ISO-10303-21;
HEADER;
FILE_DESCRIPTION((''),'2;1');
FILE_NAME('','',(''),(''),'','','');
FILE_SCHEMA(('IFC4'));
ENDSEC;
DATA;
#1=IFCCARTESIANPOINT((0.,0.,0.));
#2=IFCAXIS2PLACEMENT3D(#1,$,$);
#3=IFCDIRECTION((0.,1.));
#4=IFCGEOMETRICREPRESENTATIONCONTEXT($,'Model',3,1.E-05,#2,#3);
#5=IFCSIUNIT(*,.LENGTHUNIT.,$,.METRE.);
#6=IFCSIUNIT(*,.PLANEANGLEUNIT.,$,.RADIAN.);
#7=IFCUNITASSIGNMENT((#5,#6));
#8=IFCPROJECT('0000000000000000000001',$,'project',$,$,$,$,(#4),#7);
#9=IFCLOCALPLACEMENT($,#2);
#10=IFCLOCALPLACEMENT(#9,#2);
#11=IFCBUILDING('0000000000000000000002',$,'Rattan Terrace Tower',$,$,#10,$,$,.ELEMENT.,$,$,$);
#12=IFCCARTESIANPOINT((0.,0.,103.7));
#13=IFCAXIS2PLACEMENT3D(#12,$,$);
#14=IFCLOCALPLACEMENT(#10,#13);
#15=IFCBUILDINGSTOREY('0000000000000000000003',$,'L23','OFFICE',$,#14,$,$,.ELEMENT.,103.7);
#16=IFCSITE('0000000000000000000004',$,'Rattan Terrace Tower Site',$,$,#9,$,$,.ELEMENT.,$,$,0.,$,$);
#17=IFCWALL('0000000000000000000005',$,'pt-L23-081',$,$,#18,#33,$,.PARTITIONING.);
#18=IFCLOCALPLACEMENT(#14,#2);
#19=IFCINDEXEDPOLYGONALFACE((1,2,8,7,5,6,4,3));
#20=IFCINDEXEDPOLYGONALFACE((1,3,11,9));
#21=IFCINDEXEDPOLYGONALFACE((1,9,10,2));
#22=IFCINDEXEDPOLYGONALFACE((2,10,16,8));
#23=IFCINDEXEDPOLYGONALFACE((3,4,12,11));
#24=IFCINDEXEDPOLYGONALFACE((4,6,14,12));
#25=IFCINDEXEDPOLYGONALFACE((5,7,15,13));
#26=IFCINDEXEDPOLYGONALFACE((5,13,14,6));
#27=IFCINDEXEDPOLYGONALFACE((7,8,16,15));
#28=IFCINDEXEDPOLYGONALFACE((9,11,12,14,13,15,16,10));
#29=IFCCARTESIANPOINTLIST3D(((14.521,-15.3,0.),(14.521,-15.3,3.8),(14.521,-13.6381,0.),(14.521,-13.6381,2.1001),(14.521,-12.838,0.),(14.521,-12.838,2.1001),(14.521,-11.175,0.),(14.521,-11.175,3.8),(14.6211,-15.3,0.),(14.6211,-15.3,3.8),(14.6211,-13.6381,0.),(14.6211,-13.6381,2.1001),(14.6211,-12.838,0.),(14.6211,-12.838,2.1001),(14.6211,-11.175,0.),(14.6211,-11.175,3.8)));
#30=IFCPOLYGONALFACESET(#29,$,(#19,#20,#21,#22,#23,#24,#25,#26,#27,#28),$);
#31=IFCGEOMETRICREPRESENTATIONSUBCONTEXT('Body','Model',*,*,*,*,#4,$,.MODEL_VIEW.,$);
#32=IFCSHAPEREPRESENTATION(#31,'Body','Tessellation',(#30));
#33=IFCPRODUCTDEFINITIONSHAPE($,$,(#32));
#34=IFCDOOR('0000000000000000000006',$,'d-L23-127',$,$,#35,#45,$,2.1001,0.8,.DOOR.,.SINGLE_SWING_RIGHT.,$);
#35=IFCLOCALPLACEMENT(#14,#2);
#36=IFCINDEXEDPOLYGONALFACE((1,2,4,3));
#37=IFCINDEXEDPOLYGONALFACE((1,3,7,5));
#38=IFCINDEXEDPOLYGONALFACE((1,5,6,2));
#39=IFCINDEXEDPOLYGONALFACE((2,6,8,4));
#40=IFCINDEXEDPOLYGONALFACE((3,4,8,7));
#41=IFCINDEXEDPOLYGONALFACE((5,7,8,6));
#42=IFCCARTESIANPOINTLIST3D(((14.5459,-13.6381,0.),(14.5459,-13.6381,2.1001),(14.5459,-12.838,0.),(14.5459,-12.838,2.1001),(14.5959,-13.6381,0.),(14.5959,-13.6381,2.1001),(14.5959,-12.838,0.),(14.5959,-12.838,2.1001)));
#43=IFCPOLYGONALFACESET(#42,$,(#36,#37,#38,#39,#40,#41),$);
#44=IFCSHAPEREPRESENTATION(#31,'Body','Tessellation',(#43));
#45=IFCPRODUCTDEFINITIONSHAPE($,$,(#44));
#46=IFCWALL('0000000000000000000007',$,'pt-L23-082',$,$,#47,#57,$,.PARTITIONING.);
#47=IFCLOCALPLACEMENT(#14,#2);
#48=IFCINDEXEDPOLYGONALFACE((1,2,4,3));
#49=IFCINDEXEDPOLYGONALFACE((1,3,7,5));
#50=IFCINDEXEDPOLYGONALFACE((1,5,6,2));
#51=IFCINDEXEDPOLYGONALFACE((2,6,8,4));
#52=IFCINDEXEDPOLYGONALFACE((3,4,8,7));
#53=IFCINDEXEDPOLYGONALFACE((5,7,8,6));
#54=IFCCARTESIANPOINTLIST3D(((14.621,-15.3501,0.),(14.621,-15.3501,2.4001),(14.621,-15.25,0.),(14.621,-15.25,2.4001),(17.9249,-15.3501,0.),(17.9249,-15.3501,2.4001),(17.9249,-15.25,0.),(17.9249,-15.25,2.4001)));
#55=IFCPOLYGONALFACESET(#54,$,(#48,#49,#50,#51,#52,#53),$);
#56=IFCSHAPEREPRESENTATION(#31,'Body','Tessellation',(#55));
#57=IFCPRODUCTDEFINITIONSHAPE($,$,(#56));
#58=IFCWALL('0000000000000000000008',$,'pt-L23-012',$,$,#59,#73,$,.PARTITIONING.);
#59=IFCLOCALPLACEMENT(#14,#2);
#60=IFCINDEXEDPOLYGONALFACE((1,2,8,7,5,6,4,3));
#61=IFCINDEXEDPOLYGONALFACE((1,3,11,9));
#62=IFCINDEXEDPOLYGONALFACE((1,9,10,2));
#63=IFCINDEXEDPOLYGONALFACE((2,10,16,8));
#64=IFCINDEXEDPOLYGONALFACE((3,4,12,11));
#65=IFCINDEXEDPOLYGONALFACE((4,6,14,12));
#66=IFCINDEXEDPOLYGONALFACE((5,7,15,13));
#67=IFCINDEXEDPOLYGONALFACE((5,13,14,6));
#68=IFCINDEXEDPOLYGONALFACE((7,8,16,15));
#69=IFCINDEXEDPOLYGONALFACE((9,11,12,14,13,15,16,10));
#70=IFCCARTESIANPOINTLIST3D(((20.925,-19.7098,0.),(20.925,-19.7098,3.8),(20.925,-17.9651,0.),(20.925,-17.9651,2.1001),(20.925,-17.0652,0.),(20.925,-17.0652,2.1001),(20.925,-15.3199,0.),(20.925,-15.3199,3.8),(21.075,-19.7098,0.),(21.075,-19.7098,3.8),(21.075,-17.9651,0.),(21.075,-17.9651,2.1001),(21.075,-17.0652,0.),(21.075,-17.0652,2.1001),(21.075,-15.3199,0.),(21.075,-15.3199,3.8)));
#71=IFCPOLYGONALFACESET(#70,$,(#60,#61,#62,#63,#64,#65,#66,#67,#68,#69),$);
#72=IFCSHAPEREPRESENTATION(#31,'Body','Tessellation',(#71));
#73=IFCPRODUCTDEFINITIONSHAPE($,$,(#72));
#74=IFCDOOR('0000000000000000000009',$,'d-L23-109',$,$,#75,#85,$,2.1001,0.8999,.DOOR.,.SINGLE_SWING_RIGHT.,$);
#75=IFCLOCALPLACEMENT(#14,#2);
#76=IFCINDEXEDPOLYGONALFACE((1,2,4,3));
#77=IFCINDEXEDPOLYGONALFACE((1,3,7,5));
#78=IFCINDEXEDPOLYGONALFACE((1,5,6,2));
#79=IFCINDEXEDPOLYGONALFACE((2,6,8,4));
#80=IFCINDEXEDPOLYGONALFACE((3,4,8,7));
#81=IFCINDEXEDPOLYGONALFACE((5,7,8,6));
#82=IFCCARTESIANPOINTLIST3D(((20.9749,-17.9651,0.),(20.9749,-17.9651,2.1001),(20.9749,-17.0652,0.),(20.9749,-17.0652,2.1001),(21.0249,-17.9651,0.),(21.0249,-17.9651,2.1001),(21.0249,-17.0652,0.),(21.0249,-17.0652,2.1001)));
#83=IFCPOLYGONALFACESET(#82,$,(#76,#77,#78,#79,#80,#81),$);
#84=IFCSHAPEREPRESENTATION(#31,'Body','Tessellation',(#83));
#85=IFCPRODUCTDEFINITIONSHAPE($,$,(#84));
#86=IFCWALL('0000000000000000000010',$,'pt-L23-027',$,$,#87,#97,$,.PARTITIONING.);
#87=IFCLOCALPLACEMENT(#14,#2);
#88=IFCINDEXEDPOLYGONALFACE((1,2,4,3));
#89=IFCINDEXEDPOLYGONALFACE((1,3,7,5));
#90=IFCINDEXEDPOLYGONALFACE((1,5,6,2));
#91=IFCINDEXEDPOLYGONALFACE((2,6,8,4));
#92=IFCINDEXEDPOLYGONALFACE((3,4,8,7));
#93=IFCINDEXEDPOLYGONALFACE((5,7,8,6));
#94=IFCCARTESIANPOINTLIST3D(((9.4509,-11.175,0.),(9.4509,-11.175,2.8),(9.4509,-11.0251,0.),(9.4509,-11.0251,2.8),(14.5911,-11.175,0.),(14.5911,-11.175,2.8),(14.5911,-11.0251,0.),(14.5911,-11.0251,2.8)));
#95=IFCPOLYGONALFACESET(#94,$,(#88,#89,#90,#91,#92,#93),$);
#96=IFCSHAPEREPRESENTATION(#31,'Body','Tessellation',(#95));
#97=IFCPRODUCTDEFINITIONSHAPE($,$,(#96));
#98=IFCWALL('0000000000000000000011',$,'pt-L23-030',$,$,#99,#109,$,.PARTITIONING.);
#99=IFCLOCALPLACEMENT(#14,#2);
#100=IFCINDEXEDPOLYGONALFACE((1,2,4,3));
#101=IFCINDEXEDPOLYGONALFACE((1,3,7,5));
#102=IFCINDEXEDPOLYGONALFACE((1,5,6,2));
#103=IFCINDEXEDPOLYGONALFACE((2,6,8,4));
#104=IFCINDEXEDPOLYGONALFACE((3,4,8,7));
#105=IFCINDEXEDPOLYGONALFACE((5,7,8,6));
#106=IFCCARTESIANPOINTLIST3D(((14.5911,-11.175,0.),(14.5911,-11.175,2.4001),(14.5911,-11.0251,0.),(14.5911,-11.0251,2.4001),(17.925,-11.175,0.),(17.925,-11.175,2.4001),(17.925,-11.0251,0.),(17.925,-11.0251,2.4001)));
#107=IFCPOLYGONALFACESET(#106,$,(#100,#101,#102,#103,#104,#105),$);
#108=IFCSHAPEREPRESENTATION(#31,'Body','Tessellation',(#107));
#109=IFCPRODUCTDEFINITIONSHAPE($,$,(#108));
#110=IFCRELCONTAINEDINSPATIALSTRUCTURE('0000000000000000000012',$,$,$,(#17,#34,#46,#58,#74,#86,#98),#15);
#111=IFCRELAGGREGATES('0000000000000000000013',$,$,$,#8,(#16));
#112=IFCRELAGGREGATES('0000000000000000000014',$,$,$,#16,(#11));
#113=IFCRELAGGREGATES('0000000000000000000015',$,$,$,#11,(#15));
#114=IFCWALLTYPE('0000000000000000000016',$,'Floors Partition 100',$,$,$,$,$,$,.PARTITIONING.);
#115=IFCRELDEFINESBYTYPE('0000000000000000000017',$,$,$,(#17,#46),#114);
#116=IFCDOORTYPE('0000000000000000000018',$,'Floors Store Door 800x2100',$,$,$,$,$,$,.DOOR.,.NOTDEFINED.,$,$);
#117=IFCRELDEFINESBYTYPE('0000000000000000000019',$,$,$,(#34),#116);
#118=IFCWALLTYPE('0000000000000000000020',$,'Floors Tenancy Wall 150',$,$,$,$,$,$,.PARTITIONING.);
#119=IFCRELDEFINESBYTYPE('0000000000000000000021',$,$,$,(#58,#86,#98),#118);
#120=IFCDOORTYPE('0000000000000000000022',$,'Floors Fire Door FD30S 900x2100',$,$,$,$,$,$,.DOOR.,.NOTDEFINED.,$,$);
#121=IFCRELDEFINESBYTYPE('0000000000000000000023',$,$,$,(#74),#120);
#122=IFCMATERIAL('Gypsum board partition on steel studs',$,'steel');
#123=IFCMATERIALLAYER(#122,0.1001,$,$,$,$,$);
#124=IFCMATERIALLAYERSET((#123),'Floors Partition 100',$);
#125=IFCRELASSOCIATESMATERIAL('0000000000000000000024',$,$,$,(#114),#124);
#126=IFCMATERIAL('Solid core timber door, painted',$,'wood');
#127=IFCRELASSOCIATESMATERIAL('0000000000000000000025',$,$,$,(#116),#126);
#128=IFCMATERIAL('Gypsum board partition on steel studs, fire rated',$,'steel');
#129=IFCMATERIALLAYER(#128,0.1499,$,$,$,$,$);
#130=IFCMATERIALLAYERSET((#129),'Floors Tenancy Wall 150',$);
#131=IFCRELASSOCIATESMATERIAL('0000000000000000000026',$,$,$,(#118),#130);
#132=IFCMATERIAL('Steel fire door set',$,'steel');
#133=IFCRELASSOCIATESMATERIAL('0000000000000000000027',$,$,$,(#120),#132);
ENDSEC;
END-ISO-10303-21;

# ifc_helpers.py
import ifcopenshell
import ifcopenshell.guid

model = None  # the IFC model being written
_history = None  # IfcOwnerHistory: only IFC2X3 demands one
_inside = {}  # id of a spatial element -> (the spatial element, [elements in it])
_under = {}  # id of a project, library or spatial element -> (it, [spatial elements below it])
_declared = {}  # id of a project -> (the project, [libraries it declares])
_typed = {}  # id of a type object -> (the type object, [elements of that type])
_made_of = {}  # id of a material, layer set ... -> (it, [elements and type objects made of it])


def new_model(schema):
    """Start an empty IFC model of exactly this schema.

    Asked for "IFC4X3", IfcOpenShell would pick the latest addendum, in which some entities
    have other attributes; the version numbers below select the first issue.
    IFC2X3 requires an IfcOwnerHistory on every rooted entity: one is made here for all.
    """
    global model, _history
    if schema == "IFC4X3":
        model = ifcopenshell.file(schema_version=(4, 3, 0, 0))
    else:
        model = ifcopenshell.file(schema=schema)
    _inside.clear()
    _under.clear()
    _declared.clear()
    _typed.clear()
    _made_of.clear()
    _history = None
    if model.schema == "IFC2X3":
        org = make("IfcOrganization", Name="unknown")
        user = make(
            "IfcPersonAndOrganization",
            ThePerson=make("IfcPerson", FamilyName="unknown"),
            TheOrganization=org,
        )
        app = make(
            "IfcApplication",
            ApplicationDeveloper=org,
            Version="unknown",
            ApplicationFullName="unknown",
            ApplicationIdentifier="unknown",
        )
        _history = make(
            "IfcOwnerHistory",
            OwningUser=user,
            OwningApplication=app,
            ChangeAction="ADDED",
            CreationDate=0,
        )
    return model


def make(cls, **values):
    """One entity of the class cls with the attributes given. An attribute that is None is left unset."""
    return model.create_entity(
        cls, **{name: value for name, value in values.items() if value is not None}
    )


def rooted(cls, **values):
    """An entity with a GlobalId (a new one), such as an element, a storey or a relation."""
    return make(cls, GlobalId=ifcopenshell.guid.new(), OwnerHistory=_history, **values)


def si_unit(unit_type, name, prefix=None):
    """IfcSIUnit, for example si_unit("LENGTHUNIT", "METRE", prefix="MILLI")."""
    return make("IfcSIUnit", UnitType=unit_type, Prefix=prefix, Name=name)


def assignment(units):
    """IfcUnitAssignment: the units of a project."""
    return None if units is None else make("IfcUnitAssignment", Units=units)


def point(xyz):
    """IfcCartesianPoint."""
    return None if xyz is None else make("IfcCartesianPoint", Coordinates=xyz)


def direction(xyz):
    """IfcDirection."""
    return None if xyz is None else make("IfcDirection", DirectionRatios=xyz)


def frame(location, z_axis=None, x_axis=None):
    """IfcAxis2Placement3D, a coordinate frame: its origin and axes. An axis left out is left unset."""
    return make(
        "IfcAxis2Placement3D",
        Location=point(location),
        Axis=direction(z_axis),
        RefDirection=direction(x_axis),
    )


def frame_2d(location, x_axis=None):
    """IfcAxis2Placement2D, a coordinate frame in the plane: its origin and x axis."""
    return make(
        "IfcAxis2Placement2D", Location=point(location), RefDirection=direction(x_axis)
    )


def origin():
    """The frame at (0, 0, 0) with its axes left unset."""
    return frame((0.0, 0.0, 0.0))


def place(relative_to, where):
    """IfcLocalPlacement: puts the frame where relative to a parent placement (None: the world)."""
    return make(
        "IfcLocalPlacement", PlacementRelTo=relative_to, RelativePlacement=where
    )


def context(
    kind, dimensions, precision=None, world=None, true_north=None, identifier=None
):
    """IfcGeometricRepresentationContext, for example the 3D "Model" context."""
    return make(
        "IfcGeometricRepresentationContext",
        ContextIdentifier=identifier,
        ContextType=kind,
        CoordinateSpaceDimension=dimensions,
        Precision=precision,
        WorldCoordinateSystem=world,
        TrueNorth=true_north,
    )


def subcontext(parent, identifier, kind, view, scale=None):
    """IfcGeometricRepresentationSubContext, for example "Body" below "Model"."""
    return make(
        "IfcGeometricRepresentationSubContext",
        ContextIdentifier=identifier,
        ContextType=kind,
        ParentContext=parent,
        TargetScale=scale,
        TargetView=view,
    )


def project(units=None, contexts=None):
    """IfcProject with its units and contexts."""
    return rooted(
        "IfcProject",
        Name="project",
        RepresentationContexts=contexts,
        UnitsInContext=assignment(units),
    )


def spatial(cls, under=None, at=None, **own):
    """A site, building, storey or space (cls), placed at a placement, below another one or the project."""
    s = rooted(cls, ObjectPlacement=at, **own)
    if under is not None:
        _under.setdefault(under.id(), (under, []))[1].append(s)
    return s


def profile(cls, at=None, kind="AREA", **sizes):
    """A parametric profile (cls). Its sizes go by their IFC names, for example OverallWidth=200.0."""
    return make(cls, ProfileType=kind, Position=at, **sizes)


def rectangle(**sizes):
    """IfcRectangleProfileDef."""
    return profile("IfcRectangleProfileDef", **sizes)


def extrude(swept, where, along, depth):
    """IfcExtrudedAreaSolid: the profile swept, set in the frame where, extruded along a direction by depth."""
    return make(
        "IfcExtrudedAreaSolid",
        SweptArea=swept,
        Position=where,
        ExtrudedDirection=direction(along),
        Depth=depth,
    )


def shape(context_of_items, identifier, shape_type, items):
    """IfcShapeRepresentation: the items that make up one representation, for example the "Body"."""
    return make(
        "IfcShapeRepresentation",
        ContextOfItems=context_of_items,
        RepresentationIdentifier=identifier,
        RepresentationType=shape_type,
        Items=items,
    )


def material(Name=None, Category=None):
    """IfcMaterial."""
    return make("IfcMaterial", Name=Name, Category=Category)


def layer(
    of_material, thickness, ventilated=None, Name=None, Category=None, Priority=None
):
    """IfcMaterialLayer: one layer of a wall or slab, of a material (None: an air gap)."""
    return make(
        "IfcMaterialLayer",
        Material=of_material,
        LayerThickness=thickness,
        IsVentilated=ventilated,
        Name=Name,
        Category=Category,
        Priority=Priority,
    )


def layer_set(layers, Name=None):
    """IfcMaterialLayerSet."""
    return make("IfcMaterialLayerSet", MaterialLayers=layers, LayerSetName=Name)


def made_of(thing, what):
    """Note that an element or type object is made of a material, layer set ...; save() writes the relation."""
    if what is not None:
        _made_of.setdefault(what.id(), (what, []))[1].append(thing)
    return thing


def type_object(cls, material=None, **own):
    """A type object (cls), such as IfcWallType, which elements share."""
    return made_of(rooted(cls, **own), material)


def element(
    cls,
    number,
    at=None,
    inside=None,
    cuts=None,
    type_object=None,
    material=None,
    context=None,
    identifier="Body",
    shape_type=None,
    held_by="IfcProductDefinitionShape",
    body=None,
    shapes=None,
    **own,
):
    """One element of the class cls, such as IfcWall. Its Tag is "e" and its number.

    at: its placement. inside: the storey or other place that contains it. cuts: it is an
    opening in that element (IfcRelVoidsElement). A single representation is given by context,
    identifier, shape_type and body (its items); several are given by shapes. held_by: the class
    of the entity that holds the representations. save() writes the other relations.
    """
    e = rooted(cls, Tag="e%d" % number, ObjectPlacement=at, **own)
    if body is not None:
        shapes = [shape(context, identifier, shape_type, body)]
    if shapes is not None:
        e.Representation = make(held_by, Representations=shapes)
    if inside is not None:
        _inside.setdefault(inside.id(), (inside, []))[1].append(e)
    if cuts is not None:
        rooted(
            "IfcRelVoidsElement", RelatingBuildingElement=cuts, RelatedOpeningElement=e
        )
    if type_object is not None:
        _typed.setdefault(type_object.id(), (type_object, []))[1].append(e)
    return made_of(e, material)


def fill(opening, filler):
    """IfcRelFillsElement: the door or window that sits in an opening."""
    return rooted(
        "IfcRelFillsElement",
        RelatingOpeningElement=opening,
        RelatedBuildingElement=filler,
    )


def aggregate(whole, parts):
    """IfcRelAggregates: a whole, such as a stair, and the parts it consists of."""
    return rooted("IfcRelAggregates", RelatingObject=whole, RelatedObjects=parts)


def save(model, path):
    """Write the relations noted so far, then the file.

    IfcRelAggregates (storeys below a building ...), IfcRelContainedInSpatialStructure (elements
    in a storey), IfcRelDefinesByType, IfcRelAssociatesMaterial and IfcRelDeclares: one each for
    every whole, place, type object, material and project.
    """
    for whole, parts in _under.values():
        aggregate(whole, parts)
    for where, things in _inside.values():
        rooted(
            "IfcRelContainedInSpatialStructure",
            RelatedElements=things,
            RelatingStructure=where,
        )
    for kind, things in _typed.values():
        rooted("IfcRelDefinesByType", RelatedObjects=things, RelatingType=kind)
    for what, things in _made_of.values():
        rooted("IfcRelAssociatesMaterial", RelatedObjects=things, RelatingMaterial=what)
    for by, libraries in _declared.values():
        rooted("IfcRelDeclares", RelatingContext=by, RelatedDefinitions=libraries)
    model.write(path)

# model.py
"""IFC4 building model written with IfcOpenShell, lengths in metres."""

from ifc_helpers import new_model, si_unit, direction, frame, frame_2d, origin, place, context, subcontext, project, spatial, rectangle, extrude, material, layer, layer_set, type_object, element, fill, save


model = new_model("IFC4")

# Units and contexts
model_context = context("Model", 3, precision=1e-05, world=origin(), true_north=direction((0.0, 1.0)))
body_context = subcontext(model_context, "Body", "Model", "MODEL_VIEW")
ifc_project = project(units=[si_unit("LENGTHUNIT", "METRE"), si_unit("PLANEANGLEUNIT", "RADIAN")], contexts=[model_context])

# Site, building, storey
site_placement = place(None, origin())
site = spatial("IfcSite", under=ifc_project, at=site_placement, Name="Rattan Terrace Tower Site", CompositionType="ELEMENT", RefElevation=0.0)
building_placement = place(site_placement, origin())
building = spatial("IfcBuilding", under=site, at=building_placement, Name="Rattan Terrace Tower", CompositionType="ELEMENT")
storey_placement = place(building_placement, frame((0.0, 0.0, 103.7)))
storey = spatial("IfcBuildingStorey", under=building, at=storey_placement, Name="L23", Description="OFFICE", CompositionType="ELEMENT", Elevation=103.7)

# Wall, opening, door
ifc_material_1 = material(Name="Gypsum board partition on steel studs", Category="steel")
ifc_layer_1 = layer(ifc_material_1, 0.1001)
ifc_layer_set_1 = layer_set([ifc_layer_1], Name="Floors Partition 100")
wall_type_1 = type_object("IfcWallType", Name="Floors Partition 100", PredefinedType="PARTITIONING", material=ifc_layer_set_1)
wall_1_placement = place(storey_placement, frame((14.571, -11.175, 0.0), z_axis=(0.0, 0.0, 1.0), x_axis=(0.0, -1.0, 0.0)))
wall_1 = element("IfcWall", 1, at=wall_1_placement, inside=storey, type_object=wall_type_1, Name="pt-L23-081", PredefinedType="PARTITIONING", context=body_context, shape_type="SweptSolid", body=[
    extrude(rectangle(XDim=4.125, YDim=0.1001, at=frame_2d((2.0625, 0.0))), origin(), (0.0, 0.0, 1.0), 3.8),
])
opening_1_placement = place(wall_1_placement, frame((1.6631, 0.0, 0.0)))
opening_1 = element("IfcOpeningElement", 2, at=opening_1_placement, cuts=wall_1, PredefinedType="OPENING", context=body_context, shape_type="SweptSolid", body=[
    extrude(rectangle(XDim=0.8, YDim=2.1001, at=frame_2d((0.3999, 1.05))), frame((0.0, 0.0605, 0.0), z_axis=(0.0, -1.0, 0.0), x_axis=(1.0, 0.0, 0.0)), (0.0, 0.0, 1.0), 0.1211),
])
ifc_material_2 = material(Name="Solid core timber door, painted", Category="wood")
door_type_1 = type_object("IfcDoorType", Name="Floors Store Door 800x2100", OperationType="NOTDEFINED", PredefinedType="DOOR", material=ifc_material_2)
door_1_placement = place(opening_1_placement, origin())
door_1 = element("IfcDoor", 3, at=door_1_placement, inside=storey, type_object=door_type_1, Name="d-L23-127", OperationType="SINGLE_SWING_RIGHT", OverallHeight=2.1001, OverallWidth=0.8, PredefinedType="DOOR", context=body_context, shape_type="SweptSolid", body=[
    extrude(rectangle(XDim=0.8, YDim=2.1001, at=frame_2d((0.3999, 1.05))), frame((0.0, 0.0249, 0.0), z_axis=(0.0, -1.0, 0.0), x_axis=(1.0, 0.0, 0.0)), (0.0, 0.0, 1.0), 0.05),
])
fill(opening_1, door_1)

# Wall
wall_2_placement = place(storey_placement, frame((14.6211, -15.3, 0.0), z_axis=(0.0, 0.0, 1.0), x_axis=(1.0, 0.0, 0.0)))
element("IfcWall", 4, at=wall_2_placement, inside=storey, type_object=wall_type_1, Name="pt-L23-082", PredefinedType="PARTITIONING", context=body_context, shape_type="SweptSolid", body=[
    extrude(rectangle(XDim=3.304, YDim=0.1001, at=frame_2d((1.6519, 0.0))), origin(), (0.0, 0.0, 1.0), 2.4001),
])

# Wall, opening, door
ifc_material_3 = material(Name="Gypsum board partition on steel studs, fire rated", Category="steel")
ifc_layer_2 = layer(ifc_material_3, 0.1499)
ifc_layer_set_2 = layer_set([ifc_layer_2], Name="Floors Tenancy Wall 150")
wall_type_2 = type_object("IfcWallType", Name="Floors Tenancy Wall 150", PredefinedType="PARTITIONING", material=ifc_layer_set_2)
wall_3_placement = place(storey_placement, frame((21.0, -15.3201, 0.0), z_axis=(0.0, 0.0, 1.0), x_axis=(0.0, -1.0, 0.0)))
wall_3 = element("IfcWall", 5, at=wall_3_placement, inside=storey, type_object=wall_type_2, Name="pt-L23-012", PredefinedType="PARTITIONING", context=body_context, shape_type="SweptSolid", body=[
    extrude(rectangle(XDim=4.3899, YDim=0.1499, at=frame_2d((2.1948, 0.0))), origin(), (0.0, 0.0, 1.0), 3.8),
])
opening_2_placement = place(wall_3_placement, frame((1.7451, 0.0, 0.0)))
opening_2 = element("IfcOpeningElement", 6, at=opening_2_placement, cuts=wall_3, PredefinedType="OPENING", context=body_context, shape_type="SweptSolid", body=[
    extrude(rectangle(XDim=0.8999, YDim=2.1001, at=frame_2d((0.45, 1.05))), frame((0.0, 0.0854, 0.0), z_axis=(0.0, -1.0, 0.0), x_axis=(1.0, 0.0, 0.0)), (0.0, 0.0, 1.0), 0.1709),
])
ifc_material_4 = material(Name="Steel fire door set", Category="steel")
door_type_2 = type_object("IfcDoorType", Name="Floors Fire Door FD30S 900x2100", OperationType="NOTDEFINED", PredefinedType="DOOR", material=ifc_material_4)
door_2_placement = place(opening_2_placement, origin())
door_2 = element("IfcDoor", 7, at=door_2_placement, inside=storey, type_object=door_type_2, Name="d-L23-109", OperationType="SINGLE_SWING_RIGHT", OverallHeight=2.1001, OverallWidth=0.8999, PredefinedType="DOOR", context=body_context, shape_type="SweptSolid", body=[
    extrude(rectangle(XDim=0.8999, YDim=2.1001, at=frame_2d((0.45, 1.05))), frame((0.0, 0.0249, 0.0), z_axis=(0.0, -1.0, 0.0), x_axis=(1.0, 0.0, 0.0)), (0.0, 0.0, 1.0), 0.05),
])
fill(opening_2, door_2)

# Walls
wall_4_placement = place(storey_placement, frame((14.5911, -11.1001, 0.0), z_axis=(0.0, 0.0, 1.0), x_axis=(-1.0, 0.0, 0.0)))
element("IfcWall", 8, at=wall_4_placement, inside=storey, type_object=wall_type_2, Name="pt-L23-027", PredefinedType="PARTITIONING", context=body_context, shape_type="SweptSolid", body=[
    extrude(rectangle(XDim=5.1401, YDim=0.1499, at=frame_2d((2.5701, 0.0))), origin(), (0.0, 0.0, 1.0), 2.8),
])
wall_5_placement = place(storey_placement, frame((17.925, -11.1001, 0.0), z_axis=(0.0, 0.0, 1.0), x_axis=(-1.0, 0.0, 0.0)))
element("IfcWall", 9, at=wall_5_placement, inside=storey, type_object=wall_type_2, Name="pt-L23-030", PredefinedType="PARTITIONING", context=body_context, shape_type="SweptSolid", body=[
    extrude(rectangle(XDim=3.334, YDim=0.1499, at=frame_2d((1.667, 0.0))), origin(), (0.0, 0.0, 1.0), 2.4001),
])

save(model, "model.ifc")
